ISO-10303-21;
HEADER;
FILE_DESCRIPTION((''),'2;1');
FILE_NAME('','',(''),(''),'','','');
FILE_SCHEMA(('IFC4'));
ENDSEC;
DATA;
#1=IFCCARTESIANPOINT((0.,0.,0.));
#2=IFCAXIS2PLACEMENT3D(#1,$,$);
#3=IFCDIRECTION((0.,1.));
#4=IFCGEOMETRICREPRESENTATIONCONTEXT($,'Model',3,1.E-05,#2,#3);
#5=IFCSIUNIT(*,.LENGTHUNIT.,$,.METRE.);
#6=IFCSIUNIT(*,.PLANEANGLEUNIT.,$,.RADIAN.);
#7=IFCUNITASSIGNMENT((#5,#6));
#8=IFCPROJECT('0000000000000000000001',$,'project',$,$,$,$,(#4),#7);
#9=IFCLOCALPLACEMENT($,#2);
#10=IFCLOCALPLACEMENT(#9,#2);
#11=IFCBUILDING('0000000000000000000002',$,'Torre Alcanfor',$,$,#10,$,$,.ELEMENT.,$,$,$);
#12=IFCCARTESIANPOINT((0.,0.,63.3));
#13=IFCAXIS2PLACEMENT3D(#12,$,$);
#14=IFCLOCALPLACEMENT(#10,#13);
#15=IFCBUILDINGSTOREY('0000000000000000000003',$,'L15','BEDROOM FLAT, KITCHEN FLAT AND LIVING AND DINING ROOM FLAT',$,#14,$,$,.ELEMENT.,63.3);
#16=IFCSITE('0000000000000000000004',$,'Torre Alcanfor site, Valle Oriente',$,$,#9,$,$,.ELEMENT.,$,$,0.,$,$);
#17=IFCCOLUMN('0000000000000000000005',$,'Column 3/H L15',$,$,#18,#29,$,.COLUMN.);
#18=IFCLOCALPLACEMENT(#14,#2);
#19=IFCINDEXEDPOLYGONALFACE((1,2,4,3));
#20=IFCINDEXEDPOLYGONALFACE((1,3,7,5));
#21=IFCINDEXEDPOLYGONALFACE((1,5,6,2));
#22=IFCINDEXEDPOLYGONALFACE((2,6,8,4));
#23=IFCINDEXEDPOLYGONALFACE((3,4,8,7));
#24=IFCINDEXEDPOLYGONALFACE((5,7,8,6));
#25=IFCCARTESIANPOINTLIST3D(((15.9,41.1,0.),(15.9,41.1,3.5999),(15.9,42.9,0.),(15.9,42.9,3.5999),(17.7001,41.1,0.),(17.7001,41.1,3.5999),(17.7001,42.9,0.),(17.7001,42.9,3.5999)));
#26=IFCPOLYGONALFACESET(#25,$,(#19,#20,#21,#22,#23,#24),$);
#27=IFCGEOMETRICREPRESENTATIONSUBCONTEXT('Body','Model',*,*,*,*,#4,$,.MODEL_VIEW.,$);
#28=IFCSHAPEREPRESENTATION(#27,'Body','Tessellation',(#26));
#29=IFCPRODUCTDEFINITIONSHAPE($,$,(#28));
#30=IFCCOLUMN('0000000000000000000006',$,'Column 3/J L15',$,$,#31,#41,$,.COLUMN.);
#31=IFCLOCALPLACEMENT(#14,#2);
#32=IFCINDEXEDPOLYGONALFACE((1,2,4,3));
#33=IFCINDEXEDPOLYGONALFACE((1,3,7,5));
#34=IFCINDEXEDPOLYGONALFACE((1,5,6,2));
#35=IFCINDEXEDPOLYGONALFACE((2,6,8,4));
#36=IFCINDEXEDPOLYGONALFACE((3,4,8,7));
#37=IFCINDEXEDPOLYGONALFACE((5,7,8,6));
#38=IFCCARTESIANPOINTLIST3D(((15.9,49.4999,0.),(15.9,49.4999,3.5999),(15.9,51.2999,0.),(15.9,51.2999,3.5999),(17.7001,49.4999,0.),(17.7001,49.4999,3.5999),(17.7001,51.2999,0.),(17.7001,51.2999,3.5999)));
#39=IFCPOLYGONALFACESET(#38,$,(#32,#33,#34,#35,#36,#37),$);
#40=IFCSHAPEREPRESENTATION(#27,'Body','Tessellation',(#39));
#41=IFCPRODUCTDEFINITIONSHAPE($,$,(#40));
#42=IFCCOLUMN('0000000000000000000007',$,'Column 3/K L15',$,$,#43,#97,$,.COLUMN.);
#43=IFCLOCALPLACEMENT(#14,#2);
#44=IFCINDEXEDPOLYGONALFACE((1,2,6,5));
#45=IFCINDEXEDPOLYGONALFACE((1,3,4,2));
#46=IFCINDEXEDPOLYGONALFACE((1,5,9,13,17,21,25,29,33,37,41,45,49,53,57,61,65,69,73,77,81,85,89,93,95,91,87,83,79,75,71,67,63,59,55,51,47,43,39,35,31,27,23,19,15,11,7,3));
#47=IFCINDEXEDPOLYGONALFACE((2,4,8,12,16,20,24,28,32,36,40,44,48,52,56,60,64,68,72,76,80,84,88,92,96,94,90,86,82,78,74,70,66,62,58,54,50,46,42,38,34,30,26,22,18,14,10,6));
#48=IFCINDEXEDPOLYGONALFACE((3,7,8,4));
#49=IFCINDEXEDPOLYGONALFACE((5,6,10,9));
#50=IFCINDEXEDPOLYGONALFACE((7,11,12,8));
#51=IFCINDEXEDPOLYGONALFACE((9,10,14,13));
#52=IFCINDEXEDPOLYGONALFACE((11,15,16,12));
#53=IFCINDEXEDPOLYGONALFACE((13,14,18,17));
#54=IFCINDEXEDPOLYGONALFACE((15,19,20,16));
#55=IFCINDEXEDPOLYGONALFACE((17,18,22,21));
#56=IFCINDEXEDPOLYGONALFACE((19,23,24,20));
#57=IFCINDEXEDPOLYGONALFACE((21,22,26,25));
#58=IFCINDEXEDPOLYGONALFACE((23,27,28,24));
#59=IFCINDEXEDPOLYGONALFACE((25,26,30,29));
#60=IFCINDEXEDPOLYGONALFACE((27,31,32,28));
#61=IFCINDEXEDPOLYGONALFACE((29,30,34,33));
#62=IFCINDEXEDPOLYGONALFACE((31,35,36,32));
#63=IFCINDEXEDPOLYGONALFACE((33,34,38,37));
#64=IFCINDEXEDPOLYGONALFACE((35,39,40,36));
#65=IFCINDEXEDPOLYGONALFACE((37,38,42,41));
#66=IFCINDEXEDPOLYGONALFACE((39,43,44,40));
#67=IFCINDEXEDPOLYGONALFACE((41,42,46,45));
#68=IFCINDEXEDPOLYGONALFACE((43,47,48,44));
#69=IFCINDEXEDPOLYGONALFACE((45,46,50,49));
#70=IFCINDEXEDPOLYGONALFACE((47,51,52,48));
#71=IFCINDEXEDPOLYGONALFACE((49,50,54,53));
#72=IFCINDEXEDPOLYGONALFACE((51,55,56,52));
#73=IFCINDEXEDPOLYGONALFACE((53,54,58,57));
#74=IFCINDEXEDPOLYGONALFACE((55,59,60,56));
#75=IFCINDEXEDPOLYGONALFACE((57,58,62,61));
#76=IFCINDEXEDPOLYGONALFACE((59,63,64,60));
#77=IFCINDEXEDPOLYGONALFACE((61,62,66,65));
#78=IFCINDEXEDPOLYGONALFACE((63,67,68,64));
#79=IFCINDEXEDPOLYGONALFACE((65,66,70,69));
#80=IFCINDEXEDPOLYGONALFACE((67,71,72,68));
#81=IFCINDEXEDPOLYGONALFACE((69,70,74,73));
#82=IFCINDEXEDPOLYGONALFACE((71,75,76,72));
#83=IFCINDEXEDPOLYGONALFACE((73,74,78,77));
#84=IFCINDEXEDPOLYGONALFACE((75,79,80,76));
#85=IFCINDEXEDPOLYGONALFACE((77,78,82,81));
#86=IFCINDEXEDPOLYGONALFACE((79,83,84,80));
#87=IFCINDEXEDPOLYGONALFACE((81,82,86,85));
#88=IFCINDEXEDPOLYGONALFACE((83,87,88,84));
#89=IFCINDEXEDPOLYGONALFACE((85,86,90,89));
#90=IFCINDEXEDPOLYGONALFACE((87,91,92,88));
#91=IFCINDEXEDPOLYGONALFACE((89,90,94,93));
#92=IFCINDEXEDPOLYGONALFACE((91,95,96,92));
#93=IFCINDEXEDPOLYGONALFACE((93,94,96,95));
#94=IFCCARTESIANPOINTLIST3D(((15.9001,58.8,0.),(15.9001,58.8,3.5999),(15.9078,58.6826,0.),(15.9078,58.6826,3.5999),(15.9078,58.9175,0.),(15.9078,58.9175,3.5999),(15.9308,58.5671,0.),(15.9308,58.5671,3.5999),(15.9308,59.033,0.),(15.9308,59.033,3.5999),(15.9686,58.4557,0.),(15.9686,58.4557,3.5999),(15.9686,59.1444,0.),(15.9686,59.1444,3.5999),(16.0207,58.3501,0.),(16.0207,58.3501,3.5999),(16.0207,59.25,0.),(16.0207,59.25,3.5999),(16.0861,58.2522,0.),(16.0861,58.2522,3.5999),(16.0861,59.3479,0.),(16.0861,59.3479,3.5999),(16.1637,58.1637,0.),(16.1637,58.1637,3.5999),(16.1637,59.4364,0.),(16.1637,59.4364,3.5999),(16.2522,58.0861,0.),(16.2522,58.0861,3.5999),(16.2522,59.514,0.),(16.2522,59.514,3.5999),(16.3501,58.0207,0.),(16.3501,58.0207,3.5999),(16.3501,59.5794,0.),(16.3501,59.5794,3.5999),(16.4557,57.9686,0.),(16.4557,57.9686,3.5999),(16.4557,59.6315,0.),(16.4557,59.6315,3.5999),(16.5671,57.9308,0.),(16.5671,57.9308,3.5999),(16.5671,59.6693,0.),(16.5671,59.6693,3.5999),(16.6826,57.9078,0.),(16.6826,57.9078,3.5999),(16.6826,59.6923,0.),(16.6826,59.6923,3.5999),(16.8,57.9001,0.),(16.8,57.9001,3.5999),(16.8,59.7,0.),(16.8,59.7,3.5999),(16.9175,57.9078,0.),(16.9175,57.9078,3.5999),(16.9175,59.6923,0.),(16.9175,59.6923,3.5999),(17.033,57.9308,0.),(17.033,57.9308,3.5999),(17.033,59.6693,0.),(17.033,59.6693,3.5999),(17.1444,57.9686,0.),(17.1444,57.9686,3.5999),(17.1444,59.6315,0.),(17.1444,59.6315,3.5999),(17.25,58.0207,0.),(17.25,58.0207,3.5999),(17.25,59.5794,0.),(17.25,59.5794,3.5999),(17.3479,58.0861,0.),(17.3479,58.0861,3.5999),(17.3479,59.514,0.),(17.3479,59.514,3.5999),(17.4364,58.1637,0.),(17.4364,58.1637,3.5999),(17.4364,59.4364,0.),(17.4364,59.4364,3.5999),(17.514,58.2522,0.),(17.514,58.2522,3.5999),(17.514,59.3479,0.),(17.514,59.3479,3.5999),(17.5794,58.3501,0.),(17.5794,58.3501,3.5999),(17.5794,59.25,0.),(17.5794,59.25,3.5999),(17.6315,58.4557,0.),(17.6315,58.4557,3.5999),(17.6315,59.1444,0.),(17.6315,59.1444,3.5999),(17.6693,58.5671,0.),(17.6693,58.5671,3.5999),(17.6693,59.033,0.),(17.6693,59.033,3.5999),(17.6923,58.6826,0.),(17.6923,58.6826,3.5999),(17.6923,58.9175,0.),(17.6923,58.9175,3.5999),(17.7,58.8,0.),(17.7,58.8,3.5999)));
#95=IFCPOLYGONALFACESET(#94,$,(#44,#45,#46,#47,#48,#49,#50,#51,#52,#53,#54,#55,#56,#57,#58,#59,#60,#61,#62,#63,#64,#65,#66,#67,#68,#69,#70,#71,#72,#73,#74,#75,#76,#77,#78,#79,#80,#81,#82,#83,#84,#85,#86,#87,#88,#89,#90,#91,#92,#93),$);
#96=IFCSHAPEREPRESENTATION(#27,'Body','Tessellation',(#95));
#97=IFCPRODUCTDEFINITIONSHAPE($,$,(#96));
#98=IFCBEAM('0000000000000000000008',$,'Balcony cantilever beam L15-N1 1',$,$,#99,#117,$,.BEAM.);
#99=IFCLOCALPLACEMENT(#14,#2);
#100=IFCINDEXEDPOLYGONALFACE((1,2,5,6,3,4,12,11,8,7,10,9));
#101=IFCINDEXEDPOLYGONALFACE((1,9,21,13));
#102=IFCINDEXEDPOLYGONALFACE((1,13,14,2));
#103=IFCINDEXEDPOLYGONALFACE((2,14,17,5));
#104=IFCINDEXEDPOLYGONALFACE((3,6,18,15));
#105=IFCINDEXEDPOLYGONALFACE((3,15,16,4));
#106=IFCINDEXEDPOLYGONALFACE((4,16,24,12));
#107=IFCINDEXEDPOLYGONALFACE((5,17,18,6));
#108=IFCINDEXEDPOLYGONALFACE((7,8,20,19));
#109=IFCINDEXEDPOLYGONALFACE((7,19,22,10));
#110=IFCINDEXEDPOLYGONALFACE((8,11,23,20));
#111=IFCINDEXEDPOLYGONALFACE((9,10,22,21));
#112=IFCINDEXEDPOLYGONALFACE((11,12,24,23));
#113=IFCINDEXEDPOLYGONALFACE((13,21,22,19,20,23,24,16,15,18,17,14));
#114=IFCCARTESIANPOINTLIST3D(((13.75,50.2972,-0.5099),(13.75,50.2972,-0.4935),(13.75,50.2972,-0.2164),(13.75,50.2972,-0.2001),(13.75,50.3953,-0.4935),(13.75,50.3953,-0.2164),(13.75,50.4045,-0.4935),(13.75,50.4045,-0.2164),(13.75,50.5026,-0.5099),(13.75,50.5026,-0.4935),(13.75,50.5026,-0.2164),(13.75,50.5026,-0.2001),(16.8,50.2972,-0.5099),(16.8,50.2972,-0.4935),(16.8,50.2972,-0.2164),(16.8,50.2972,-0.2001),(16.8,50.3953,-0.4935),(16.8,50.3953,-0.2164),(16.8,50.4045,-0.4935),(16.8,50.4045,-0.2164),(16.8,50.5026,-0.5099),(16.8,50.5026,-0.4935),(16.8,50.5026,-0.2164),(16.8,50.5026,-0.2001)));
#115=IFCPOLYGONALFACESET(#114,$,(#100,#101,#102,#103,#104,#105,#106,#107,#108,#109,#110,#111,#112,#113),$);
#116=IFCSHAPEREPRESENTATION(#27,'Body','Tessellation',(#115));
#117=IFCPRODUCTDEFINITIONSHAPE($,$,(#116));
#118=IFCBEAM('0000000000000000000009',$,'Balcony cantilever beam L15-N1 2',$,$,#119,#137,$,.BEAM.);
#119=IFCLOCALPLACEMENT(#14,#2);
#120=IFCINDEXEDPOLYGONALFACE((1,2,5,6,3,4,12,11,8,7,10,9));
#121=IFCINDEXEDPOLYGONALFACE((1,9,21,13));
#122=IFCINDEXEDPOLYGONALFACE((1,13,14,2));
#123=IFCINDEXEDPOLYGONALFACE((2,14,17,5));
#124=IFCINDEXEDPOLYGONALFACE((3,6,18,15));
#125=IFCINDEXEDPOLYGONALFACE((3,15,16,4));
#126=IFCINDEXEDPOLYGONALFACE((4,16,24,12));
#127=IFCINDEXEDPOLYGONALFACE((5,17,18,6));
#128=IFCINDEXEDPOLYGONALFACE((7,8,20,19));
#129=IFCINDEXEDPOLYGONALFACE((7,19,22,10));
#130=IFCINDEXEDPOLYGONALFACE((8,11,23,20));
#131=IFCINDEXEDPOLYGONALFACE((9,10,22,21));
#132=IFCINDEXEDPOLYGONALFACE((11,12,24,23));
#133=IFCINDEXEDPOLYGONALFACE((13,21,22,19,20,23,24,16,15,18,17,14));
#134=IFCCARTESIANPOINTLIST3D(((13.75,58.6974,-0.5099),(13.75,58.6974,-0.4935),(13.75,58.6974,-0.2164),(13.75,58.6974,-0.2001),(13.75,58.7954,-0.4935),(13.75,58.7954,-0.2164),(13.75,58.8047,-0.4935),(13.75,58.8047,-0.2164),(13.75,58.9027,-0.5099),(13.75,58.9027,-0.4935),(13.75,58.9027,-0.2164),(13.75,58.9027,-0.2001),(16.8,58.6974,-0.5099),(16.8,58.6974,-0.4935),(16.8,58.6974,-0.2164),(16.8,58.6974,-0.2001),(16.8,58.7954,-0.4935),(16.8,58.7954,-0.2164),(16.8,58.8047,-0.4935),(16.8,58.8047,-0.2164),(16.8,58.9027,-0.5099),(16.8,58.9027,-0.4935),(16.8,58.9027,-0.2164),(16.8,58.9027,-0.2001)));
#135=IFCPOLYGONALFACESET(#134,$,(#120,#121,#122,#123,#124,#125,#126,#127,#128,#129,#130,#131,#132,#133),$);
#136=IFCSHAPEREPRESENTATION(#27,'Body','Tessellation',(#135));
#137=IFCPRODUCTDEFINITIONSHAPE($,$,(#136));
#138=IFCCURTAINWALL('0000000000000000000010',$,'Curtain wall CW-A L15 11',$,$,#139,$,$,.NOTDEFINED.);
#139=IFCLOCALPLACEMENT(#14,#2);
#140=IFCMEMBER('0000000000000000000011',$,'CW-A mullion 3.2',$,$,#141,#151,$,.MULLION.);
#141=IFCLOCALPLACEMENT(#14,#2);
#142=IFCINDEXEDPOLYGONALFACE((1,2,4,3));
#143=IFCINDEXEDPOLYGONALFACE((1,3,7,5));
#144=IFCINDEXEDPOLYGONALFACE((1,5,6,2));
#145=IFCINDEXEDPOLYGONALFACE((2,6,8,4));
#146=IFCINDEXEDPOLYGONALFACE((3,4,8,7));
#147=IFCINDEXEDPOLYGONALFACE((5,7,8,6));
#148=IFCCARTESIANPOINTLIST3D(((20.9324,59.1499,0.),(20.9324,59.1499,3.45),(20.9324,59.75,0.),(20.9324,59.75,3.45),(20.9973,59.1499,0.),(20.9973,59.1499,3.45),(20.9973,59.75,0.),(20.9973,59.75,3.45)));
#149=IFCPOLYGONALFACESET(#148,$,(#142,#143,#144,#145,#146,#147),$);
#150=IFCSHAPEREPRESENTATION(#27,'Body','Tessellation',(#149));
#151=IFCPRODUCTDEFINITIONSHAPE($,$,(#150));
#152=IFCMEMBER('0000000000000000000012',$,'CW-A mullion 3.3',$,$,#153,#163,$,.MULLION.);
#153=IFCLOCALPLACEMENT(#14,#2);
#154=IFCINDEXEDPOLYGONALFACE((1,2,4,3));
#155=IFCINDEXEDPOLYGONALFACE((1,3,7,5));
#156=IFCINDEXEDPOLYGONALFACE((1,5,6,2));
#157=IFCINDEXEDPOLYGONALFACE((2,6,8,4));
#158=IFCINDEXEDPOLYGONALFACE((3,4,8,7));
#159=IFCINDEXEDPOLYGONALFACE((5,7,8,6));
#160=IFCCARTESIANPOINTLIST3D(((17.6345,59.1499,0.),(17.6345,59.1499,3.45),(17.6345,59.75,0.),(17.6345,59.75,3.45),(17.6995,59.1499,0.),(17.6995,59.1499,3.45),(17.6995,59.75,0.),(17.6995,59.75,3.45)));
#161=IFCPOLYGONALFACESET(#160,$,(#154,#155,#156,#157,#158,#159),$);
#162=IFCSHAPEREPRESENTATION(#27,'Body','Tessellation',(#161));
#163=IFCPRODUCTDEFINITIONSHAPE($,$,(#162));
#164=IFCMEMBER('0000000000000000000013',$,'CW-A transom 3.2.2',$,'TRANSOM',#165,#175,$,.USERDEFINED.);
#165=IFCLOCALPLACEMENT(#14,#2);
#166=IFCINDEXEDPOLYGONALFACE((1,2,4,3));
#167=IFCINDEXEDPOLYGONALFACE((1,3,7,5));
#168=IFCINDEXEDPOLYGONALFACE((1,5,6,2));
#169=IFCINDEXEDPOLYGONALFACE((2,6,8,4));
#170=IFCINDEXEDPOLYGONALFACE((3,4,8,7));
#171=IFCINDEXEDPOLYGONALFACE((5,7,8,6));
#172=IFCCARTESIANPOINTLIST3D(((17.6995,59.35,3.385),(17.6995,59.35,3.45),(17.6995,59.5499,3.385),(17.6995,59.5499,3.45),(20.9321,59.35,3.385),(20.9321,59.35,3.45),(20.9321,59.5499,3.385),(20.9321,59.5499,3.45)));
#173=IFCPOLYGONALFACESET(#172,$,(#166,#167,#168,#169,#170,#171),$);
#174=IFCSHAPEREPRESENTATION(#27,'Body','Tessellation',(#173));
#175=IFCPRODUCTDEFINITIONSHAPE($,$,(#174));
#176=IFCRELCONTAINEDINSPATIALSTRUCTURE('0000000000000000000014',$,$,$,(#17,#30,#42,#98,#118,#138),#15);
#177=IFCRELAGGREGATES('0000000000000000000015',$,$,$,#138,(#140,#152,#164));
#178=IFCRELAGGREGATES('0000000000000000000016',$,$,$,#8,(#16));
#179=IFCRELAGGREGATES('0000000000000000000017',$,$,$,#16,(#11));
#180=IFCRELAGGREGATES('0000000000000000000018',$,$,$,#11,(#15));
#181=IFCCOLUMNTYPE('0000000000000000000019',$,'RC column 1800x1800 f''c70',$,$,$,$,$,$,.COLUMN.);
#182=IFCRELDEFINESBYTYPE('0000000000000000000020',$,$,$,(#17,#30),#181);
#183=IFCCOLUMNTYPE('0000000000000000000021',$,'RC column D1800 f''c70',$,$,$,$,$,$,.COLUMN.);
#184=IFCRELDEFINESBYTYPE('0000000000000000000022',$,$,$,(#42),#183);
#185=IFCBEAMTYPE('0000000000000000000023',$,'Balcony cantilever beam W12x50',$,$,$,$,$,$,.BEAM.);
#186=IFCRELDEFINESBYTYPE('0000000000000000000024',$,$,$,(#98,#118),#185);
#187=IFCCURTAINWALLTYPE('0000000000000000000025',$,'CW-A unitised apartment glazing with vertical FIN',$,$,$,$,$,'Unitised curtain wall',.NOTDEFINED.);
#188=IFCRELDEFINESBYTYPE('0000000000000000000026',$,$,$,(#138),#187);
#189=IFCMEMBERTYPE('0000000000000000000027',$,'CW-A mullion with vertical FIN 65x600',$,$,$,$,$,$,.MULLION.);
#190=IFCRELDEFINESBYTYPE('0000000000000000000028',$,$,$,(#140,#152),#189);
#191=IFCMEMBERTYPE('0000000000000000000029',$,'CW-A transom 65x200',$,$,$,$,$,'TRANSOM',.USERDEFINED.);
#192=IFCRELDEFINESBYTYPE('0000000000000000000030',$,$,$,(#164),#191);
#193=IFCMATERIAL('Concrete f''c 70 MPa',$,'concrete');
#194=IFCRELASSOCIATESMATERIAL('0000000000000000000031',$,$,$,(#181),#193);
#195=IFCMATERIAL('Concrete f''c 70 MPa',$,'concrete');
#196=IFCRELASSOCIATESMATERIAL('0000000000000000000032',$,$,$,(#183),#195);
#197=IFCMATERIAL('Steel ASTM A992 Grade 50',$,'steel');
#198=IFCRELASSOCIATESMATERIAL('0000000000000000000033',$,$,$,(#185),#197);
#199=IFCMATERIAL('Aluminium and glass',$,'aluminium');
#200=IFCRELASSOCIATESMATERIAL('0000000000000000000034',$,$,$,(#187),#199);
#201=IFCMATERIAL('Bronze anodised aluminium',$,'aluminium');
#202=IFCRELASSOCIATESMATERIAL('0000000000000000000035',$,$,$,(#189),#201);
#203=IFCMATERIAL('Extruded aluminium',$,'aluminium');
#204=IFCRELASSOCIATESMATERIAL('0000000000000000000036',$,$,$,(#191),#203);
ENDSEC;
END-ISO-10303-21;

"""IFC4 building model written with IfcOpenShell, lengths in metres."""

from ifc_helpers import new_model, si_unit, direction, frame, origin, origin_2d, place, context, subcontext, project, spatial, rectangle, circle, i_section, extrude, material, material_profile, profile_set, type_object, element, aggregate, save


model = new_model("IFC4")

# Units and contexts
model_context = context("Model", 3, precision=1e-05, world=origin(), true_north=direction((0.0, 1.0)))
body_context = subcontext(model_context, "Body", "Model", "MODEL_VIEW")
ifc_project = project(units=[si_unit("LENGTHUNIT", "METRE"), si_unit("PLANEANGLEUNIT", "RADIAN")], contexts=[model_context])

# Site, building, storey
site_placement = place(None, origin())
site = spatial("IfcSite", under=ifc_project, at=site_placement, Name="Torre Alcanfor site, Valle Oriente", CompositionType="ELEMENT", RefElevation=0.0)
building_placement = place(site_placement, origin())
building = spatial("IfcBuilding", under=site, at=building_placement, Name="Torre Alcanfor", CompositionType="ELEMENT")
storey_placement = place(building_placement, frame((0.0, 0.0, 63.3)))
storey = spatial("IfcBuildingStorey", under=building, at=storey_placement, Name="L15", Description="BEDROOM FLAT, KITCHEN FLAT AND LIVING AND DINING ROOM FLAT", CompositionType="ELEMENT", Elevation=63.3)

# Columns
ifc_material_1 = material(Name="Concrete f'c 70 MPa", Category="concrete")
ifc_material_profile_1 = material_profile(ifc_material_1, rectangle(XDim=1.8, YDim=1.8, at=origin_2d()), Name="1800x1800")
ifc_profile_set_1 = profile_set([ifc_material_profile_1], Name="Concrete f'c 70 MPa")
column_type_1 = type_object("IfcColumnType", Name="RC column 1800x1800 f'c70", PredefinedType="COLUMN", material=ifc_profile_set_1)
for number, where, z_axis, x_axis, name in (
    (1, (16.8, 42.0, 0.0), (0.0, 0.0, 1.0), (1.0, 0.0, 0.0), "Column 3/H L15"),
    (2, (16.8, 50.3999, 0.0), (0.0, 0.0, 1.0), (1.0, 0.0, 0.0), "Column 3/J L15"),
):
    element("IfcColumn", number, at=place(storey_placement, frame(where, z_axis=z_axis, x_axis=x_axis)), inside=storey, type_object=column_type_1, Name=name, PredefinedType="COLUMN", context=body_context, shape_type="SweptSolid", body=[
        extrude(rectangle(XDim=1.8, YDim=1.8, at=origin_2d()), origin(), (0.0, 0.0, 1.0), 3.5999),
    ])
ifc_material_2 = material(Name="Concrete f'c 70 MPa", Category="concrete")
ifc_material_profile_2 = material_profile(ifc_material_2, circle(Radius=0.8999, at=origin_2d()), Name="D1800")
ifc_profile_set_2 = profile_set([ifc_material_profile_2], Name="Concrete f'c 70 MPa")
column_type_2 = type_object("IfcColumnType", Name="RC column D1800 f'c70", PredefinedType="COLUMN", material=ifc_profile_set_2)
column_placement = place(storey_placement, frame((16.8, 58.8, 0.0), z_axis=(0.0, 0.0, 1.0), x_axis=(1.0, 0.0, 0.0)))
element("IfcColumn", 3, at=column_placement, inside=storey, type_object=column_type_2, Name="Column 3/K L15", PredefinedType="COLUMN", context=body_context, shape_type="SweptSolid", body=[
    extrude(circle(Radius=0.8999, at=origin_2d()), origin(), (0.0, 0.0, 1.0), 3.5999),
])

# Beams
ifc_material_3 = material(Name="Steel ASTM A992 Grade 50", Category="steel")
ifc_material_profile_3 = material_profile(ifc_material_3, i_section(OverallWidth=0.2053, OverallDepth=0.3098, WebThickness=0.0093, FlangeThickness=0.0164, at=origin_2d()), Name="W12x50")
ifc_profile_set_3 = profile_set([ifc_material_profile_3], Name="Steel ASTM A992 Grade 50")
beam_type_1 = type_object("IfcBeamType", Name="Balcony cantilever beam W12x50", PredefinedType="BEAM", material=ifc_profile_set_3)
for number, where, z_axis, x_axis, name in (
    (4, (16.8, 50.3999, -0.355), (-1.0, 0.0, 0.0), (0.0, -1.0, 0.0), "Balcony cantilever beam L15-N1 1"),
    (5, (16.8, 58.8, -0.355), (-1.0, 0.0, 0.0), (0.0, -1.0, 0.0), "Balcony cantilever beam L15-N1 2"),
):
    element("IfcBeam", number, at=place(storey_placement, frame(where, z_axis=z_axis, x_axis=x_axis)), inside=storey, type_object=beam_type_1, Name=name, PredefinedType="BEAM", context=body_context, shape_type="SweptSolid", body=[
        extrude(i_section(OverallWidth=0.2053, OverallDepth=0.3098, WebThickness=0.0093, FlangeThickness=0.0164, at=origin_2d()), origin(), (0.0, 0.0, 1.0), 3.05),
    ])

# Curtain wall, members
ifc_material_4 = material(Name="Aluminium and glass", Category="aluminium")
curtain_wall_type = type_object("IfcCurtainWallType", Name="CW-A unitised apartment glazing with vertical FIN", ElementType="Unitised curtain wall", PredefinedType="NOTDEFINED", material=ifc_material_4)
curtain_wall_placement = place(storey_placement, origin())
curtain_wall = element("IfcCurtainWall", 6, at=curtain_wall_placement, inside=storey, type_object=curtain_wall_type, Name="Curtain wall CW-A L15 11", PredefinedType="NOTDEFINED")
ifc_material_5 = material(Name="Bronze anodised aluminium", Category="aluminium")
ifc_material_profile_4 = material_profile(ifc_material_5, rectangle(XDim=0.6001, YDim=0.0649, at=origin_2d()), Name="CW-A mullion 65x600")
ifc_profile_set_4 = profile_set([ifc_material_profile_4], Name="Bronze anodised aluminium")
member_type_1 = type_object("IfcMemberType", Name="CW-A mullion with vertical FIN 65x600", PredefinedType="MULLION", material=ifc_profile_set_4)
member_1_placement = place(storey_placement, frame((20.9648, 59.45, 0.0), z_axis=(0.0, 0.0, 1.0), x_axis=(0.0, -1.0, 0.0)))
member_1 = element("IfcMember", 7, at=member_1_placement, type_object=member_type_1, Name="CW-A mullion 3.2", PredefinedType="MULLION", context=body_context, shape_type="SweptSolid", body=[
    extrude(rectangle(XDim=0.6001, YDim=0.0649, at=origin_2d()), origin(), (0.0, 0.0, 1.0), 3.45),
])
member_2_placement = place(storey_placement, frame((17.667, 59.45, 0.0), z_axis=(0.0, 0.0, 1.0), x_axis=(0.0, -1.0, 0.0)))
member_2 = element("IfcMember", 8, at=member_2_placement, type_object=member_type_1, Name="CW-A mullion 3.3", PredefinedType="MULLION", context=body_context, shape_type="SweptSolid", body=[
    extrude(rectangle(XDim=0.6001, YDim=0.0649, at=origin_2d()), origin(), (0.0, 0.0, 1.0), 3.45),
])
ifc_material_6 = material(Name="Extruded aluminium", Category="aluminium")
ifc_material_profile_5 = material_profile(ifc_material_6, rectangle(XDim=0.2, YDim=0.0649, at=origin_2d()), Name="CW-A transom 200x65")
ifc_profile_set_5 = profile_set([ifc_material_profile_5], Name="Extruded aluminium")
member_type_2 = type_object("IfcMemberType", Name="CW-A transom 65x200", ElementType="TRANSOM", PredefinedType="USERDEFINED", material=ifc_profile_set_5)
member_3_placement = place(storey_placement, frame((20.9321, 59.45, 3.4175), z_axis=(-1.0, 0.0, 0.0), x_axis=(0.0, -1.0, 0.0)))
member_3 = element("IfcMember", 9, at=member_3_placement, type_object=member_type_2, Name="CW-A transom 3.2.2", ObjectType="TRANSOM", PredefinedType="USERDEFINED", context=body_context, shape_type="SweptSolid", body=[
    extrude(rectangle(XDim=0.2, YDim=0.0649, at=origin_2d()), origin(), (0.0, 0.0, 1.0), 3.2327),
])

aggregate(curtain_wall, [member_1, member_2, member_3])

save(model, "model.ifc")
